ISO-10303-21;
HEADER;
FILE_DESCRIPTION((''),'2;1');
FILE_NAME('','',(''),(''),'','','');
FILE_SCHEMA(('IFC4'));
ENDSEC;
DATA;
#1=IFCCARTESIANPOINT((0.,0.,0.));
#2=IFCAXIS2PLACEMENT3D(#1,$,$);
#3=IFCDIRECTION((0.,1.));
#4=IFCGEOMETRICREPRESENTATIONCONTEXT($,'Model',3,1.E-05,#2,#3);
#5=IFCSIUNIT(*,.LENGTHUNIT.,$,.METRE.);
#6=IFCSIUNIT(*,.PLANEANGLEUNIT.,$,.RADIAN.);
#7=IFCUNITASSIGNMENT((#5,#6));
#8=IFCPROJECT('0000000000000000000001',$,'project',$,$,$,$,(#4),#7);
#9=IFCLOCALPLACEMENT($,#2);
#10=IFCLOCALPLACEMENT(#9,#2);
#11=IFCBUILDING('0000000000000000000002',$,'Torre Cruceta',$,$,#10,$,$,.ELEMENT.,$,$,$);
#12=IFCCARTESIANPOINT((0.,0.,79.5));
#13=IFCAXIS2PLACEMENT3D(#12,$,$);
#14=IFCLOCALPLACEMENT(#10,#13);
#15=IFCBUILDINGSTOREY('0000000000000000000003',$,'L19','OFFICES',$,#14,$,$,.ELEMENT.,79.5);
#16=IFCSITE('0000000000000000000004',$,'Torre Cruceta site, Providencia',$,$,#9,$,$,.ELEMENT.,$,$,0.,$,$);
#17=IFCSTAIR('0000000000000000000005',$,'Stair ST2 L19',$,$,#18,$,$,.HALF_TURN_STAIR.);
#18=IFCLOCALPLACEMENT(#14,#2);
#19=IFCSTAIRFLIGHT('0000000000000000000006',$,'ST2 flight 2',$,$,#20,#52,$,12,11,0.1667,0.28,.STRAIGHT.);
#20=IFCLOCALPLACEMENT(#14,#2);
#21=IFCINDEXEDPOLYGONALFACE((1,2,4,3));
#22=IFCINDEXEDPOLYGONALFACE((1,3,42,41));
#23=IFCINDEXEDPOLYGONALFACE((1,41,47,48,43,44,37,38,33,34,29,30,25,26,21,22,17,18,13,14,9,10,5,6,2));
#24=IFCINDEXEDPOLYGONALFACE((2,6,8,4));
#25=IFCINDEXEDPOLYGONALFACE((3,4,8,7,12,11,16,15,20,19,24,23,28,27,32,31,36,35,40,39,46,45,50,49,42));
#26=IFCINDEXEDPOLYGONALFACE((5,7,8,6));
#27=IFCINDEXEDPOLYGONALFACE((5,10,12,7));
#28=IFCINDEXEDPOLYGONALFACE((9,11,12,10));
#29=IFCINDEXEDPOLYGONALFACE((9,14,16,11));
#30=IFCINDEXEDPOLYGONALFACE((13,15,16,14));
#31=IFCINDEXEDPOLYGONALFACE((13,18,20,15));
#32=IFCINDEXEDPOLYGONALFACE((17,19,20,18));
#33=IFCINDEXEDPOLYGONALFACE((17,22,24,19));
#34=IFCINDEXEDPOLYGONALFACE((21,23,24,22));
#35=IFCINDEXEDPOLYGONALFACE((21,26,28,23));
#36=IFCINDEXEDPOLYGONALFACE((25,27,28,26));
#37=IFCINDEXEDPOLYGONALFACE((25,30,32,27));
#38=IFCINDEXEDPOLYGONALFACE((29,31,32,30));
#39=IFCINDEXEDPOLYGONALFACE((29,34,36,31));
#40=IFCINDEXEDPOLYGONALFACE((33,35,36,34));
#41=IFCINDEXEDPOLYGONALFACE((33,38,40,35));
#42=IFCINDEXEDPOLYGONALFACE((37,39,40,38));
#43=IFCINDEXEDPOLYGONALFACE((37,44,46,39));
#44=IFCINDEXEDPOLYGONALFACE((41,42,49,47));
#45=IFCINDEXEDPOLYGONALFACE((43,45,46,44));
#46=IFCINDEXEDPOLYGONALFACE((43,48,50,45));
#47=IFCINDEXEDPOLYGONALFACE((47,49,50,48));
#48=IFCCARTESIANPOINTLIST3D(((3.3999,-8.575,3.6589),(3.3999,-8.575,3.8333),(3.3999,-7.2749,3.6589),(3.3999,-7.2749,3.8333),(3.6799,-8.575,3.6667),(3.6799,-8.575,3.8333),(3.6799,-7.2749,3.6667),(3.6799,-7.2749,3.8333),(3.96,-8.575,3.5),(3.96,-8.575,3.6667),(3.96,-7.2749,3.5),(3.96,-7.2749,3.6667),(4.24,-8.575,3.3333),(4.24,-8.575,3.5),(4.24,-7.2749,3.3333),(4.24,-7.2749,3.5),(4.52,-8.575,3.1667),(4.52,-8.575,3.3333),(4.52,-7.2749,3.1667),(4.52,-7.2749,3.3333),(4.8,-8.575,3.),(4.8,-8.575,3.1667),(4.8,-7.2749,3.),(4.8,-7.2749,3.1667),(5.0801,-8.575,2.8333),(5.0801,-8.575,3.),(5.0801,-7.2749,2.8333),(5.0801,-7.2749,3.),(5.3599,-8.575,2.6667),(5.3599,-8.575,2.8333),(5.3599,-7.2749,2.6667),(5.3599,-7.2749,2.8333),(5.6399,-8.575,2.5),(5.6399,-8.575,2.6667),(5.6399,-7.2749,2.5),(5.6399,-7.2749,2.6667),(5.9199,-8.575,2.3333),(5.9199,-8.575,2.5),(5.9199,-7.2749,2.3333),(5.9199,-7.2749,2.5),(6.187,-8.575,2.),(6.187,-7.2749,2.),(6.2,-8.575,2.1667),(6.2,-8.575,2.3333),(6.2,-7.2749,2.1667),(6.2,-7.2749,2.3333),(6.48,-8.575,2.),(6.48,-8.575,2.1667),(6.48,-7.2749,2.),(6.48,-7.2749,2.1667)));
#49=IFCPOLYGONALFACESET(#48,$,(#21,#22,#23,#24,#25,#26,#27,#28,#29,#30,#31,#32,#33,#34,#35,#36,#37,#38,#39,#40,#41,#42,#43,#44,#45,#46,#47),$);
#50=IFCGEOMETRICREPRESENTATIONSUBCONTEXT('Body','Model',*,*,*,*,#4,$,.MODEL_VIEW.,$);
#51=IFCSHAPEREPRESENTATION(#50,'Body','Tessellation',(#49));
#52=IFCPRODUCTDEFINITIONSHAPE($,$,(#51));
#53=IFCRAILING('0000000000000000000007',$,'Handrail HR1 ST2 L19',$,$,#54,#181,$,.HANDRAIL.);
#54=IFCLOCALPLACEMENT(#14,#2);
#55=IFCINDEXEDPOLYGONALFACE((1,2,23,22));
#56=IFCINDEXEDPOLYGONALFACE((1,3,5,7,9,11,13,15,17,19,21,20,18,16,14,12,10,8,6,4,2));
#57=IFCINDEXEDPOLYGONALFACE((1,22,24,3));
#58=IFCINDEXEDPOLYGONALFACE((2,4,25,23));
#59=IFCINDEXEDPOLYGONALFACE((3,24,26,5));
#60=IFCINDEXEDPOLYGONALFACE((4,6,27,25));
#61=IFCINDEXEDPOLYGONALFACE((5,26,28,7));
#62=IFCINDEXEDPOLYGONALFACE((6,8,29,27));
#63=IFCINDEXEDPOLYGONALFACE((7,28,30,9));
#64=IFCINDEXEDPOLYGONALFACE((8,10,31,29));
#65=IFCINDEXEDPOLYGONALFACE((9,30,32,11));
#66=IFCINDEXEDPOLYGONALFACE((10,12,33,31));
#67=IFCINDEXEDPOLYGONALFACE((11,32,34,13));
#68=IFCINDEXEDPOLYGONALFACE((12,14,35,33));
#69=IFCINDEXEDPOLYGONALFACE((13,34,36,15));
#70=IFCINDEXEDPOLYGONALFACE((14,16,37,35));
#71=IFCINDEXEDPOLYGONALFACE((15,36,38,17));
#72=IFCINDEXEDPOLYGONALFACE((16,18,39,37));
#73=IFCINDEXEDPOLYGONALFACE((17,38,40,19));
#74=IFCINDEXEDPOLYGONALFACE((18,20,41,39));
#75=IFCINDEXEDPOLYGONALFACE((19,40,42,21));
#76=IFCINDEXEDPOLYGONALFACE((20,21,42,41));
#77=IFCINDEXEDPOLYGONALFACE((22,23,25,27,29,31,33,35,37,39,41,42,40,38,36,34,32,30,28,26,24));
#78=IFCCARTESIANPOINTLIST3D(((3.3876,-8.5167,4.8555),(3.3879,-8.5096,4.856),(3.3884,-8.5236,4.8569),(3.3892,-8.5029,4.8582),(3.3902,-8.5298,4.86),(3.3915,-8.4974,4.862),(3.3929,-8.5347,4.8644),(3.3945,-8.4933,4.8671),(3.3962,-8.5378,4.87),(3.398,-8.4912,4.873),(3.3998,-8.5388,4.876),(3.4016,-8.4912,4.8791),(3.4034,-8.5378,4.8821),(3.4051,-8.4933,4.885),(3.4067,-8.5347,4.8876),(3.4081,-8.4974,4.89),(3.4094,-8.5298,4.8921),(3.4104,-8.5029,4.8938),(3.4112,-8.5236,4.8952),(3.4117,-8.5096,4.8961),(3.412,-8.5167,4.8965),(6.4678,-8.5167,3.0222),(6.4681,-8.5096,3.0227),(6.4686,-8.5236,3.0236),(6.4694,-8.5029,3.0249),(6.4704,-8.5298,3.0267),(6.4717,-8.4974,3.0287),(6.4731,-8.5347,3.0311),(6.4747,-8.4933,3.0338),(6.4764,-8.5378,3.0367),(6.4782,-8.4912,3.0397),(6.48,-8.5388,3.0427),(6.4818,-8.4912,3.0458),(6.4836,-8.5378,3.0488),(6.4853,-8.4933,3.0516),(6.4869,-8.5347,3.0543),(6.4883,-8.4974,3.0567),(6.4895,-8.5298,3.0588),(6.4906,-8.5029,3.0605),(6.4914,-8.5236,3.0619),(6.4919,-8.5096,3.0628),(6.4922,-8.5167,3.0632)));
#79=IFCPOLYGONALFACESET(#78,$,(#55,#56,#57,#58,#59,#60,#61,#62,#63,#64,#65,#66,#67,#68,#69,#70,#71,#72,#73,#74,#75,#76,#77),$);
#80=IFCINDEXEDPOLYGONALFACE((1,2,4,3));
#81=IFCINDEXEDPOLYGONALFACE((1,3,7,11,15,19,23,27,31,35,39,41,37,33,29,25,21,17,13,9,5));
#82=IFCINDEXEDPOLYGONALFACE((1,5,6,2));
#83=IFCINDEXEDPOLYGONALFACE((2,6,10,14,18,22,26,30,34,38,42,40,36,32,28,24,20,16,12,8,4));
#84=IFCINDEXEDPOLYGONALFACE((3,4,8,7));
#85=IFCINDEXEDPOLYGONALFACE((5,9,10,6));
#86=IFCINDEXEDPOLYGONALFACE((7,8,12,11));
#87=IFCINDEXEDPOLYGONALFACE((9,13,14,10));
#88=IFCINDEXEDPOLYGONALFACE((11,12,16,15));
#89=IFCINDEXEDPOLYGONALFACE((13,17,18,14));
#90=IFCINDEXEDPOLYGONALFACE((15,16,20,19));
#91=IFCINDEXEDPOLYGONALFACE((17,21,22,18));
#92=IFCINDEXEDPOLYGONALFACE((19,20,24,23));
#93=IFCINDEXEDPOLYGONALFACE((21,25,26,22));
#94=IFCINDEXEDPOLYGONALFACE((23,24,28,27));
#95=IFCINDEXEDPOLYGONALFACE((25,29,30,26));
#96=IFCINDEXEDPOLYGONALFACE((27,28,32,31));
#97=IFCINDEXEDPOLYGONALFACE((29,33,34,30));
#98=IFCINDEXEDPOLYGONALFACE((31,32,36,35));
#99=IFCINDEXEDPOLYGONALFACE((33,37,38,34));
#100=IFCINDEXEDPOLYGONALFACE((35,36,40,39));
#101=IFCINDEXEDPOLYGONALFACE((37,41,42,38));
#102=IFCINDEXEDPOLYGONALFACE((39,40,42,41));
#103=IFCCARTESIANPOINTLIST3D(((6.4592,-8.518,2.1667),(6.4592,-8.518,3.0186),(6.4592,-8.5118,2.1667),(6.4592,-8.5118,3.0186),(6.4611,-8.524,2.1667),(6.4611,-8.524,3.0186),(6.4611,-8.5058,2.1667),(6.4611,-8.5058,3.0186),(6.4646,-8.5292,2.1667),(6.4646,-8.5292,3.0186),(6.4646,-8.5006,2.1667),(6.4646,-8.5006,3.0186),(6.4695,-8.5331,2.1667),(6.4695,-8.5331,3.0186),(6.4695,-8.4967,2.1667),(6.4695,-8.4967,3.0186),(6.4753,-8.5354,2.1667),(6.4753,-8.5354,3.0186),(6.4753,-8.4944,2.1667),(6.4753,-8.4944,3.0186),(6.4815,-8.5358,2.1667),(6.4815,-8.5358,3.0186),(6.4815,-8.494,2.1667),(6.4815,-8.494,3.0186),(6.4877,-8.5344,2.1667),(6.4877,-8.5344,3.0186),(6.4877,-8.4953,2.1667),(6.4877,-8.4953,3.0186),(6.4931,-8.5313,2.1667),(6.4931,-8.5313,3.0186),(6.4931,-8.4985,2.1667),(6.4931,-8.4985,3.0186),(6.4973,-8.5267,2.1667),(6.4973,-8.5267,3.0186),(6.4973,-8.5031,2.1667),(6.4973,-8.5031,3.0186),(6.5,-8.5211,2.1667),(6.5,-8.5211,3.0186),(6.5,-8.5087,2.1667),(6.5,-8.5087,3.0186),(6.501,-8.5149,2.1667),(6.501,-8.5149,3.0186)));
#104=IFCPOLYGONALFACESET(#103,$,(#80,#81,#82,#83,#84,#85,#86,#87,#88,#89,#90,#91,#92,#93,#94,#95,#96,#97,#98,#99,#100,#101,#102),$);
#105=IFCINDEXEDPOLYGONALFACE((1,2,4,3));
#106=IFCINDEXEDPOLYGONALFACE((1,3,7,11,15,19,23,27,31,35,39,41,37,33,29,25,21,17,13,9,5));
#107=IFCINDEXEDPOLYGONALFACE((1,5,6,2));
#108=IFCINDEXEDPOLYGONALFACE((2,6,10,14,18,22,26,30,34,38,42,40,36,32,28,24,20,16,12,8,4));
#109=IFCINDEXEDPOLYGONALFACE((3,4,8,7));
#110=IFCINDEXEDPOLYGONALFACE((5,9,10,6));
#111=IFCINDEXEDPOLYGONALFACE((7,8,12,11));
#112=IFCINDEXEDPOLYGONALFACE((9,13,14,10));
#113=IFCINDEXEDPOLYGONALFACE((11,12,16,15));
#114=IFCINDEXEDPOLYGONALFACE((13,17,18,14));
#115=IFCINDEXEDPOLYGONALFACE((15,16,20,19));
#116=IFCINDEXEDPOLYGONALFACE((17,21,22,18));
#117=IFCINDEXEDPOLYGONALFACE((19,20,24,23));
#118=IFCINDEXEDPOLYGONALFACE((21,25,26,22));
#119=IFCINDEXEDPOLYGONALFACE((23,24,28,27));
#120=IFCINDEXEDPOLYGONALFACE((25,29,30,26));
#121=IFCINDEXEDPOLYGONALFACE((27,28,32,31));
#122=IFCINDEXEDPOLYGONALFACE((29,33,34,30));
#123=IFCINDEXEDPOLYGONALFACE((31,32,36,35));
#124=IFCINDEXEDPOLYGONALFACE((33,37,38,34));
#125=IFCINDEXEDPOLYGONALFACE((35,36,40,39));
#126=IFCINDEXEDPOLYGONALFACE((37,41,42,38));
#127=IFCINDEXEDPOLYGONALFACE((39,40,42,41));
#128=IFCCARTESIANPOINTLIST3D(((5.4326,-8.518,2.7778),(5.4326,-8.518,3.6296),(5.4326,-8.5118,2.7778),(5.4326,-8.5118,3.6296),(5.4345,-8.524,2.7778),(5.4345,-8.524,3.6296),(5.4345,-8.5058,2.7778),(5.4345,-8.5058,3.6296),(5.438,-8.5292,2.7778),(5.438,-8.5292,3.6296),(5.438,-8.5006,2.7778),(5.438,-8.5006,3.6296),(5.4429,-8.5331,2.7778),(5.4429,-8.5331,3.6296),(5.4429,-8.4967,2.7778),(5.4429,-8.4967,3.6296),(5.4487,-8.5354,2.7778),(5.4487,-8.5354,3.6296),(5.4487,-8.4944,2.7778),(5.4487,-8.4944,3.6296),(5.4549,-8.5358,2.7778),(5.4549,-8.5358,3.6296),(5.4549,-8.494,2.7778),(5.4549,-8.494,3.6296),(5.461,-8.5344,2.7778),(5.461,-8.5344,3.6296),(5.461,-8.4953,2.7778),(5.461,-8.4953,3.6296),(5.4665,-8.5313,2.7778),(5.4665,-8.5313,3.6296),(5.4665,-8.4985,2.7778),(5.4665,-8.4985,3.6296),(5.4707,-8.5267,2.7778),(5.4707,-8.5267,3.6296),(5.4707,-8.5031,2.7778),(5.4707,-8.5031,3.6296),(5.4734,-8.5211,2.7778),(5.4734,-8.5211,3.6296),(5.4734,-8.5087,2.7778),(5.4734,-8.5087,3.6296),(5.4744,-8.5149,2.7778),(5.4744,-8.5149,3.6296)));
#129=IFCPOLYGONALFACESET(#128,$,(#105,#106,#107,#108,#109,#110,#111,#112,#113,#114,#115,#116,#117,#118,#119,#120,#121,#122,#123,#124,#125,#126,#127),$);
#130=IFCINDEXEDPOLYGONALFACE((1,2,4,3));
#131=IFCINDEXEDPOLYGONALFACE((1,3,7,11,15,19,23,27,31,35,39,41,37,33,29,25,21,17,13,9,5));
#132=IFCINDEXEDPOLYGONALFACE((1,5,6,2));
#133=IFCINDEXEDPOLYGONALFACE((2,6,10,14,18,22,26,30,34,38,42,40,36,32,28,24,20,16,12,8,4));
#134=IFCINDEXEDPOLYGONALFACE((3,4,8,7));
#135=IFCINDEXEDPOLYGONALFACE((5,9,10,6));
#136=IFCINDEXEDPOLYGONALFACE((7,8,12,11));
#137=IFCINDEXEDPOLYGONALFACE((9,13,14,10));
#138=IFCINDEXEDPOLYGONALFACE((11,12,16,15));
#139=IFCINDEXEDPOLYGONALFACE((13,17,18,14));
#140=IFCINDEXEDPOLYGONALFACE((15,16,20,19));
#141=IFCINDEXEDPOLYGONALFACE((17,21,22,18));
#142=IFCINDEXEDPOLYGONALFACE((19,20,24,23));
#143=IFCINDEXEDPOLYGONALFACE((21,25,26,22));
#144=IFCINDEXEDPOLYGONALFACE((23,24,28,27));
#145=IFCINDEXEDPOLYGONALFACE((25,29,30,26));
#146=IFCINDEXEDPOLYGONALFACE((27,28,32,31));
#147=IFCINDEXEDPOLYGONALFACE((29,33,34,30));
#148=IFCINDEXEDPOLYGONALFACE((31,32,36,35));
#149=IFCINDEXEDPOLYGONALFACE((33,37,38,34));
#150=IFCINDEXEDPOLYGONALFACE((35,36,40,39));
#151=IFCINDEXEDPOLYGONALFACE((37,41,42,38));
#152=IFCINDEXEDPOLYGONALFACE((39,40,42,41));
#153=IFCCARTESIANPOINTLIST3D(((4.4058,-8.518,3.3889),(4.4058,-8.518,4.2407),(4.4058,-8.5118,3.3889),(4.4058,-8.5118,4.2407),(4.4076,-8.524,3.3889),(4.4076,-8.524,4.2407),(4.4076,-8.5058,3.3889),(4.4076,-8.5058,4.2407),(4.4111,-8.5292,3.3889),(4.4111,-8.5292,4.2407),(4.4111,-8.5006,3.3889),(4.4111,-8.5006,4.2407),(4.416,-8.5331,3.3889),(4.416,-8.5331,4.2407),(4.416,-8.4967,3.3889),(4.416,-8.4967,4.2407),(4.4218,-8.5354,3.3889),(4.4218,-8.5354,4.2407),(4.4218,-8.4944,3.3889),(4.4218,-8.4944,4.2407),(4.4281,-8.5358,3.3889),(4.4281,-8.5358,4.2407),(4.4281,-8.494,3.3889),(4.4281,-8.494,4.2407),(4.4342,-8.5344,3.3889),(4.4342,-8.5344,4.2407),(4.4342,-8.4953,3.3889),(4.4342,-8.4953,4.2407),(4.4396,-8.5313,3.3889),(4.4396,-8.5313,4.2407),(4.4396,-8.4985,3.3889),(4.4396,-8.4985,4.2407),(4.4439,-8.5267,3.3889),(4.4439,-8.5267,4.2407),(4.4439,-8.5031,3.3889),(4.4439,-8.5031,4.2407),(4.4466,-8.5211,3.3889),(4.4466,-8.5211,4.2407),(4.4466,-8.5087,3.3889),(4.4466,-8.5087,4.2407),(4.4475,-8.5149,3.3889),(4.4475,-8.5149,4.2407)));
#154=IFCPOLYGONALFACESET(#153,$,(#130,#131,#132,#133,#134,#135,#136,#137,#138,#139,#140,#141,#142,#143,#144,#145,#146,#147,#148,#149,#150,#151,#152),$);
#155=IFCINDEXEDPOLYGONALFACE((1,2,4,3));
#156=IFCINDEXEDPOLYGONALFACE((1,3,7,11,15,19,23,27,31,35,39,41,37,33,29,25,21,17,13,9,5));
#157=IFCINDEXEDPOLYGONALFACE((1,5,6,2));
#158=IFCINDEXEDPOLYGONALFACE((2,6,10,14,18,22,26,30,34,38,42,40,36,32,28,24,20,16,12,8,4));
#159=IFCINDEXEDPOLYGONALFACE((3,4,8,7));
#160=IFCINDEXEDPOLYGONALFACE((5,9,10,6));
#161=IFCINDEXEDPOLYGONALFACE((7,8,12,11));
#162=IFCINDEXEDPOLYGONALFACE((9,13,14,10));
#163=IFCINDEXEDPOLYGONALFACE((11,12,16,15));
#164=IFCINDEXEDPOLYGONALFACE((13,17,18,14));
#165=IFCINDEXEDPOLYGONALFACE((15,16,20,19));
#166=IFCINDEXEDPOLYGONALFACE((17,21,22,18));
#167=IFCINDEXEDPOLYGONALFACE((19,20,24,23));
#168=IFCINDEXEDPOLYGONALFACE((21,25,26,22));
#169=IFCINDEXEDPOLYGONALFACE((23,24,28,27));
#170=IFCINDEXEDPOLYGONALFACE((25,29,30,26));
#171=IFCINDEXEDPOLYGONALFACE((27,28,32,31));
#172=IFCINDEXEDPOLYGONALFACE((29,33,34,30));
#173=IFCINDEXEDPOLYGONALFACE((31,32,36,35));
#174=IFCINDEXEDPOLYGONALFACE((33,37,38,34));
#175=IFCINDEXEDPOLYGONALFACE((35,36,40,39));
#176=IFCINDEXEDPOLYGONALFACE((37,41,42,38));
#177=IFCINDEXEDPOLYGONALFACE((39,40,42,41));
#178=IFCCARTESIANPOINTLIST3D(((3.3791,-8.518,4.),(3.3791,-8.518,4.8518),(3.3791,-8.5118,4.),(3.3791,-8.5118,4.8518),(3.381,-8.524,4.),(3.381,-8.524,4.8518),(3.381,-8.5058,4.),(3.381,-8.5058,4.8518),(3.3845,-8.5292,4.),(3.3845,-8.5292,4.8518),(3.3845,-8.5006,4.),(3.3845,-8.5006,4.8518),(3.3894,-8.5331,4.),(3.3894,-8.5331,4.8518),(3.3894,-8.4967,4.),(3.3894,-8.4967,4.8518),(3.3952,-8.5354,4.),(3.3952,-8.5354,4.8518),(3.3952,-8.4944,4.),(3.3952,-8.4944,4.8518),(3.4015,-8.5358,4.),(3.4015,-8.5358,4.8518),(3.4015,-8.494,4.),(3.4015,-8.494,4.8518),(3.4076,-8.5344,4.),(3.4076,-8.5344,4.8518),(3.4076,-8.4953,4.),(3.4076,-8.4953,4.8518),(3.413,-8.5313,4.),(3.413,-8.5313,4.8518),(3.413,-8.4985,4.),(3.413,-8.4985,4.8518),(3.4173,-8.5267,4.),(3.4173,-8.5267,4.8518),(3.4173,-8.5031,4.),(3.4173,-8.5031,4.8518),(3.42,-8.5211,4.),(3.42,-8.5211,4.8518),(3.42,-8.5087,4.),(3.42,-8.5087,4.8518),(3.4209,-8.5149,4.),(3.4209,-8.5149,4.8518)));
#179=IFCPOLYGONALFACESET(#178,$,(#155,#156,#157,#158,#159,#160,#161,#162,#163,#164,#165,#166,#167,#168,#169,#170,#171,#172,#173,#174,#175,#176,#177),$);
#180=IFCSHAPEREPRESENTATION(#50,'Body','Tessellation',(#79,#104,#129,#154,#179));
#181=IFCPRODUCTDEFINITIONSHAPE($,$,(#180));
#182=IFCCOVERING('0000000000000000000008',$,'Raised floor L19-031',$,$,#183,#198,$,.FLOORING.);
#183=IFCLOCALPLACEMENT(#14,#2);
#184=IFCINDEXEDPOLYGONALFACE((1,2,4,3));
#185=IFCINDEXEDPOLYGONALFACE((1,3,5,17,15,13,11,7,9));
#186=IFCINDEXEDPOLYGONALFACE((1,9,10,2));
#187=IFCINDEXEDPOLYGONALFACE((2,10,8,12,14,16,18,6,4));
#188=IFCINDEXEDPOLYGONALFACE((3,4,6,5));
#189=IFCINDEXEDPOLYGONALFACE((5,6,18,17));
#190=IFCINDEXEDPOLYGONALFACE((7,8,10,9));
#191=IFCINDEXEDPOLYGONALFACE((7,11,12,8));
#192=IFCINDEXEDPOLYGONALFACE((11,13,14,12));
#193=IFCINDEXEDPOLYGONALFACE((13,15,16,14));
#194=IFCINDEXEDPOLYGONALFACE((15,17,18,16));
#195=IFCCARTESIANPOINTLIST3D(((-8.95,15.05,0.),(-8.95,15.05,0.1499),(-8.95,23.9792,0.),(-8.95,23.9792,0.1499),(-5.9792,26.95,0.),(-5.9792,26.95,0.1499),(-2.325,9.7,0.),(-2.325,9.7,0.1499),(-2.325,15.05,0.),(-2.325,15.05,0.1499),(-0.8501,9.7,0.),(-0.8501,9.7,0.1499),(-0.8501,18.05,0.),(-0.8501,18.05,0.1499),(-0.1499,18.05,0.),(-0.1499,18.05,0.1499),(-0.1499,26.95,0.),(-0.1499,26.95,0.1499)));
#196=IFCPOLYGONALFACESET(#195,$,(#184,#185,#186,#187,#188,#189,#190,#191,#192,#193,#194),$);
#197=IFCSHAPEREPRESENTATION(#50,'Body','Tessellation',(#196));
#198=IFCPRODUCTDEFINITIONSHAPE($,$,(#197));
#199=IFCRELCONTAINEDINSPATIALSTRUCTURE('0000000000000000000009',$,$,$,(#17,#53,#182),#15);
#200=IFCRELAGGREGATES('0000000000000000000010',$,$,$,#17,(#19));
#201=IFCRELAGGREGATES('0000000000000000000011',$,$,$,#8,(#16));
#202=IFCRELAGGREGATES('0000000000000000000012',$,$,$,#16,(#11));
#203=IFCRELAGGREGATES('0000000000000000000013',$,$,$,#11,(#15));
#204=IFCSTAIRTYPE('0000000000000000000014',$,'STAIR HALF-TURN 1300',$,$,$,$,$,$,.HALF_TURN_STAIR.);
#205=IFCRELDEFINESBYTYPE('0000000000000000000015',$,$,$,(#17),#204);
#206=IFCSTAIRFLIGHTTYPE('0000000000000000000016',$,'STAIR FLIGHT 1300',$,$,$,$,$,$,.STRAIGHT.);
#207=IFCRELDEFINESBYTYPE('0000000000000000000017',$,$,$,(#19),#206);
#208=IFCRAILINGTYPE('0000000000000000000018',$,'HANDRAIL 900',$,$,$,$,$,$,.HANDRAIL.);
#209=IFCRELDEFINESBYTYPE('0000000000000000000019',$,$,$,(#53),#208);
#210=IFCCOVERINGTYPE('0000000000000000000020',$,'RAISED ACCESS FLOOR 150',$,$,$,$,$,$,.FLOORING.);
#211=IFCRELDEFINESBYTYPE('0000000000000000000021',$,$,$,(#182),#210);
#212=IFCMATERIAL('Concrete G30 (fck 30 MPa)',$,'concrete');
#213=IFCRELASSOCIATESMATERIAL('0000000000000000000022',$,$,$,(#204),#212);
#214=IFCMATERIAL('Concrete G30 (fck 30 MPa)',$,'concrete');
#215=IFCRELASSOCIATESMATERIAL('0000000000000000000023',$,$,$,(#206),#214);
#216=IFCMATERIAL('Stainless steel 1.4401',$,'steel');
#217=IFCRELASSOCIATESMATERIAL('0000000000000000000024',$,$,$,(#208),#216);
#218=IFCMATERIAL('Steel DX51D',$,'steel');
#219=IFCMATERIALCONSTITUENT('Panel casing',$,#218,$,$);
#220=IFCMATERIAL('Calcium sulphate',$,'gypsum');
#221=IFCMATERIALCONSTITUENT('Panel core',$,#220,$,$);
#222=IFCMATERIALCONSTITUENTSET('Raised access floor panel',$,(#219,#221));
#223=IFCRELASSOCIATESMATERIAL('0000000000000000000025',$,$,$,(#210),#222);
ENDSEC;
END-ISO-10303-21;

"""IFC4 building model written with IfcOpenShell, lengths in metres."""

from ifc_helpers import new_model, si_unit, direction, frame, origin, origin_2d, place, context, subcontext, project, spatial, polyline, circle, outline, extrude, material, constituent, constituent_set, type_object, element, aggregate, save


model = new_model("IFC4")

# Units and contexts
model_context = context("Model", 3, precision=1e-05, world=origin(), true_north=direction((0.0, 1.0)))
body_context = subcontext(model_context, "Body", "Model", "MODEL_VIEW")
ifc_project = project(units=[si_unit("LENGTHUNIT", "METRE"), si_unit("PLANEANGLEUNIT", "RADIAN")], contexts=[model_context])

# Site, building, storey
site_placement = place(None, origin())
site = spatial("IfcSite", under=ifc_project, at=site_placement, Name="Torre Cruceta site, Providencia", CompositionType="ELEMENT", RefElevation=0.0)
building_placement = place(site_placement, origin())
building = spatial("IfcBuilding", under=site, at=building_placement, Name="Torre Cruceta", CompositionType="ELEMENT")
storey_placement = place(building_placement, frame((0.0, 0.0, 79.5)))
storey = spatial("IfcBuildingStorey", under=building, at=storey_placement, Name="L19", Description="OFFICES", CompositionType="ELEMENT", Elevation=79.5)

# Stair, stair flight
ifc_material_1 = material(Name="Concrete G30 (fck 30 MPa)", Category="concrete")
stair_type = type_object("IfcStairType", Name="STAIR HALF-TURN 1300", PredefinedType="HALF_TURN_STAIR", material=ifc_material_1)
stair_placement = place(storey_placement, origin())
stair = element("IfcStair", 1, at=stair_placement, inside=storey, type_object=stair_type, Name="Stair ST2 L19", PredefinedType="HALF_TURN_STAIR")
ifc_material_2 = material(Name="Concrete G30 (fck 30 MPa)", Category="concrete")
stair_flight_type = type_object("IfcStairFlightType", Name="STAIR FLIGHT 1300", PredefinedType="STRAIGHT", material=ifc_material_2)
stair_flight_1_placement = place(storey_placement, frame((6.48, -7.925, 2.0), z_axis=(0.0, 0.0, 1.0), x_axis=(-1.0, 0.0, 0.0)))
stair_flight_1 = element("IfcStairFlight", 2, at=stair_flight_1_placement, type_object=stair_flight_type, Name="ST2 flight 2", NumberOfRisers=12, NumberOfTreads=11, PredefinedType="STRAIGHT", RiserHeight=0.1667, TreadLength=0.28, context=body_context, shape_type="SweptSolid", body=[
    extrude(outline(polyline([(0.0, 0.0), (0.0, 0.1667), (0.28, 0.1667), (0.28, 0.3333), (0.5601, 0.3333), (0.5601, 0.5), (0.8401, 0.5), (0.8401, 0.6667), (1.1201, 0.6667), (1.1201, 0.8333), (1.3999, 0.8333), (1.3999, 1.0), (1.6799, 1.0), (1.6799, 1.1667), (1.96, 1.1667), (1.96, 1.3333), (2.24, 1.3333), (2.24, 1.5), (2.52, 1.5), (2.52, 1.6667), (2.8, 1.6667), (2.8, 1.8333), (3.0801, 1.8333), (3.0801, 2.0), (3.0801, 1.6589), (0.293, 0.0), (0.0, 0.0)])), frame((0.0, 0.6499, 0.0), z_axis=(0.0, -1.0, 0.0), x_axis=(1.0, 0.0, 0.0)), (0.0, 0.0, 1.0), 1.3),
])
aggregate(stair, [stair_flight_1])

# Railing
ifc_material_3 = material(Name="Stainless steel 1.4401", Category="steel")
railing_type = type_object("IfcRailingType", Name="HANDRAIL 900", PredefinedType="HANDRAIL", material=ifc_material_3)
railing_1_placement = place(storey_placement, frame((6.48, -8.5149, 2.1667)))
element("IfcRailing", 3, at=railing_1_placement, inside=storey, type_object=railing_type, Name="Handrail HR1 ST2 L19", PredefinedType="HANDRAIL", context=body_context, shape_type="SweptSolid", body=[
    extrude(circle(Radius=0.0239, at=origin_2d()), frame((0.0, 0.0, 0.876), z_axis=(-0.859309, 0.0, 0.511458), x_axis=(0.0, -1.0, 0.0)), (0.0, 0.0, 1.0), 3.5845),
    extrude(circle(Radius=0.021, at=origin_2d()), origin(), (0.0, 0.0, 1.0), 0.8518),
    extrude(circle(Radius=0.021, at=origin_2d()), frame((-1.0266, 0.0, 0.6111)), (0.0, 0.0, 1.0), 0.8518),
    extrude(circle(Radius=0.021, at=origin_2d()), frame((-2.0535, 0.0, 1.2222)), (0.0, 0.0, 1.0), 0.8518),
    extrude(circle(Radius=0.021, at=origin_2d()), frame((-3.0801, 0.0, 1.8333)), (0.0, 0.0, 1.0), 0.8518),
])

# Covering
ifc_material_4 = material(Name="Steel DX51D", Category="steel")
ifc_constituent_1 = constituent(ifc_material_4, Name="Panel casing")
ifc_material_5 = material(Name="Calcium sulphate", Category="gypsum")
ifc_constituent_2 = constituent(ifc_material_5, Name="Panel core")
ifc_constituent_set_1 = constituent_set(constituents=[ifc_constituent_1, ifc_constituent_2], Name="Raised access floor panel")
covering_type_1 = type_object("IfcCoveringType", Name="RAISED ACCESS FLOOR 150", PredefinedType="FLOORING", material=ifc_constituent_set_1)
covering_1_placement = place(storey_placement, origin())
element("IfcCovering", 4, at=covering_1_placement, inside=storey, type_object=covering_type_1, Name="Raised floor L19-031", PredefinedType="FLOORING", context=body_context, shape_type="SweptSolid", body=[
    extrude(outline(polyline([(-0.1499, 26.95), (-0.1499, 18.05), (-0.8501, 18.05), (-0.8501, 9.7), (-2.325, 9.7), (-2.325, 15.05), (-8.95, 15.05), (-8.95, 23.9792), (-5.9792, 26.95), (-0.1499, 26.95)])), origin(), (0.0, 0.0, 1.0), 0.1499),
])

save(model, "model.ifc")
